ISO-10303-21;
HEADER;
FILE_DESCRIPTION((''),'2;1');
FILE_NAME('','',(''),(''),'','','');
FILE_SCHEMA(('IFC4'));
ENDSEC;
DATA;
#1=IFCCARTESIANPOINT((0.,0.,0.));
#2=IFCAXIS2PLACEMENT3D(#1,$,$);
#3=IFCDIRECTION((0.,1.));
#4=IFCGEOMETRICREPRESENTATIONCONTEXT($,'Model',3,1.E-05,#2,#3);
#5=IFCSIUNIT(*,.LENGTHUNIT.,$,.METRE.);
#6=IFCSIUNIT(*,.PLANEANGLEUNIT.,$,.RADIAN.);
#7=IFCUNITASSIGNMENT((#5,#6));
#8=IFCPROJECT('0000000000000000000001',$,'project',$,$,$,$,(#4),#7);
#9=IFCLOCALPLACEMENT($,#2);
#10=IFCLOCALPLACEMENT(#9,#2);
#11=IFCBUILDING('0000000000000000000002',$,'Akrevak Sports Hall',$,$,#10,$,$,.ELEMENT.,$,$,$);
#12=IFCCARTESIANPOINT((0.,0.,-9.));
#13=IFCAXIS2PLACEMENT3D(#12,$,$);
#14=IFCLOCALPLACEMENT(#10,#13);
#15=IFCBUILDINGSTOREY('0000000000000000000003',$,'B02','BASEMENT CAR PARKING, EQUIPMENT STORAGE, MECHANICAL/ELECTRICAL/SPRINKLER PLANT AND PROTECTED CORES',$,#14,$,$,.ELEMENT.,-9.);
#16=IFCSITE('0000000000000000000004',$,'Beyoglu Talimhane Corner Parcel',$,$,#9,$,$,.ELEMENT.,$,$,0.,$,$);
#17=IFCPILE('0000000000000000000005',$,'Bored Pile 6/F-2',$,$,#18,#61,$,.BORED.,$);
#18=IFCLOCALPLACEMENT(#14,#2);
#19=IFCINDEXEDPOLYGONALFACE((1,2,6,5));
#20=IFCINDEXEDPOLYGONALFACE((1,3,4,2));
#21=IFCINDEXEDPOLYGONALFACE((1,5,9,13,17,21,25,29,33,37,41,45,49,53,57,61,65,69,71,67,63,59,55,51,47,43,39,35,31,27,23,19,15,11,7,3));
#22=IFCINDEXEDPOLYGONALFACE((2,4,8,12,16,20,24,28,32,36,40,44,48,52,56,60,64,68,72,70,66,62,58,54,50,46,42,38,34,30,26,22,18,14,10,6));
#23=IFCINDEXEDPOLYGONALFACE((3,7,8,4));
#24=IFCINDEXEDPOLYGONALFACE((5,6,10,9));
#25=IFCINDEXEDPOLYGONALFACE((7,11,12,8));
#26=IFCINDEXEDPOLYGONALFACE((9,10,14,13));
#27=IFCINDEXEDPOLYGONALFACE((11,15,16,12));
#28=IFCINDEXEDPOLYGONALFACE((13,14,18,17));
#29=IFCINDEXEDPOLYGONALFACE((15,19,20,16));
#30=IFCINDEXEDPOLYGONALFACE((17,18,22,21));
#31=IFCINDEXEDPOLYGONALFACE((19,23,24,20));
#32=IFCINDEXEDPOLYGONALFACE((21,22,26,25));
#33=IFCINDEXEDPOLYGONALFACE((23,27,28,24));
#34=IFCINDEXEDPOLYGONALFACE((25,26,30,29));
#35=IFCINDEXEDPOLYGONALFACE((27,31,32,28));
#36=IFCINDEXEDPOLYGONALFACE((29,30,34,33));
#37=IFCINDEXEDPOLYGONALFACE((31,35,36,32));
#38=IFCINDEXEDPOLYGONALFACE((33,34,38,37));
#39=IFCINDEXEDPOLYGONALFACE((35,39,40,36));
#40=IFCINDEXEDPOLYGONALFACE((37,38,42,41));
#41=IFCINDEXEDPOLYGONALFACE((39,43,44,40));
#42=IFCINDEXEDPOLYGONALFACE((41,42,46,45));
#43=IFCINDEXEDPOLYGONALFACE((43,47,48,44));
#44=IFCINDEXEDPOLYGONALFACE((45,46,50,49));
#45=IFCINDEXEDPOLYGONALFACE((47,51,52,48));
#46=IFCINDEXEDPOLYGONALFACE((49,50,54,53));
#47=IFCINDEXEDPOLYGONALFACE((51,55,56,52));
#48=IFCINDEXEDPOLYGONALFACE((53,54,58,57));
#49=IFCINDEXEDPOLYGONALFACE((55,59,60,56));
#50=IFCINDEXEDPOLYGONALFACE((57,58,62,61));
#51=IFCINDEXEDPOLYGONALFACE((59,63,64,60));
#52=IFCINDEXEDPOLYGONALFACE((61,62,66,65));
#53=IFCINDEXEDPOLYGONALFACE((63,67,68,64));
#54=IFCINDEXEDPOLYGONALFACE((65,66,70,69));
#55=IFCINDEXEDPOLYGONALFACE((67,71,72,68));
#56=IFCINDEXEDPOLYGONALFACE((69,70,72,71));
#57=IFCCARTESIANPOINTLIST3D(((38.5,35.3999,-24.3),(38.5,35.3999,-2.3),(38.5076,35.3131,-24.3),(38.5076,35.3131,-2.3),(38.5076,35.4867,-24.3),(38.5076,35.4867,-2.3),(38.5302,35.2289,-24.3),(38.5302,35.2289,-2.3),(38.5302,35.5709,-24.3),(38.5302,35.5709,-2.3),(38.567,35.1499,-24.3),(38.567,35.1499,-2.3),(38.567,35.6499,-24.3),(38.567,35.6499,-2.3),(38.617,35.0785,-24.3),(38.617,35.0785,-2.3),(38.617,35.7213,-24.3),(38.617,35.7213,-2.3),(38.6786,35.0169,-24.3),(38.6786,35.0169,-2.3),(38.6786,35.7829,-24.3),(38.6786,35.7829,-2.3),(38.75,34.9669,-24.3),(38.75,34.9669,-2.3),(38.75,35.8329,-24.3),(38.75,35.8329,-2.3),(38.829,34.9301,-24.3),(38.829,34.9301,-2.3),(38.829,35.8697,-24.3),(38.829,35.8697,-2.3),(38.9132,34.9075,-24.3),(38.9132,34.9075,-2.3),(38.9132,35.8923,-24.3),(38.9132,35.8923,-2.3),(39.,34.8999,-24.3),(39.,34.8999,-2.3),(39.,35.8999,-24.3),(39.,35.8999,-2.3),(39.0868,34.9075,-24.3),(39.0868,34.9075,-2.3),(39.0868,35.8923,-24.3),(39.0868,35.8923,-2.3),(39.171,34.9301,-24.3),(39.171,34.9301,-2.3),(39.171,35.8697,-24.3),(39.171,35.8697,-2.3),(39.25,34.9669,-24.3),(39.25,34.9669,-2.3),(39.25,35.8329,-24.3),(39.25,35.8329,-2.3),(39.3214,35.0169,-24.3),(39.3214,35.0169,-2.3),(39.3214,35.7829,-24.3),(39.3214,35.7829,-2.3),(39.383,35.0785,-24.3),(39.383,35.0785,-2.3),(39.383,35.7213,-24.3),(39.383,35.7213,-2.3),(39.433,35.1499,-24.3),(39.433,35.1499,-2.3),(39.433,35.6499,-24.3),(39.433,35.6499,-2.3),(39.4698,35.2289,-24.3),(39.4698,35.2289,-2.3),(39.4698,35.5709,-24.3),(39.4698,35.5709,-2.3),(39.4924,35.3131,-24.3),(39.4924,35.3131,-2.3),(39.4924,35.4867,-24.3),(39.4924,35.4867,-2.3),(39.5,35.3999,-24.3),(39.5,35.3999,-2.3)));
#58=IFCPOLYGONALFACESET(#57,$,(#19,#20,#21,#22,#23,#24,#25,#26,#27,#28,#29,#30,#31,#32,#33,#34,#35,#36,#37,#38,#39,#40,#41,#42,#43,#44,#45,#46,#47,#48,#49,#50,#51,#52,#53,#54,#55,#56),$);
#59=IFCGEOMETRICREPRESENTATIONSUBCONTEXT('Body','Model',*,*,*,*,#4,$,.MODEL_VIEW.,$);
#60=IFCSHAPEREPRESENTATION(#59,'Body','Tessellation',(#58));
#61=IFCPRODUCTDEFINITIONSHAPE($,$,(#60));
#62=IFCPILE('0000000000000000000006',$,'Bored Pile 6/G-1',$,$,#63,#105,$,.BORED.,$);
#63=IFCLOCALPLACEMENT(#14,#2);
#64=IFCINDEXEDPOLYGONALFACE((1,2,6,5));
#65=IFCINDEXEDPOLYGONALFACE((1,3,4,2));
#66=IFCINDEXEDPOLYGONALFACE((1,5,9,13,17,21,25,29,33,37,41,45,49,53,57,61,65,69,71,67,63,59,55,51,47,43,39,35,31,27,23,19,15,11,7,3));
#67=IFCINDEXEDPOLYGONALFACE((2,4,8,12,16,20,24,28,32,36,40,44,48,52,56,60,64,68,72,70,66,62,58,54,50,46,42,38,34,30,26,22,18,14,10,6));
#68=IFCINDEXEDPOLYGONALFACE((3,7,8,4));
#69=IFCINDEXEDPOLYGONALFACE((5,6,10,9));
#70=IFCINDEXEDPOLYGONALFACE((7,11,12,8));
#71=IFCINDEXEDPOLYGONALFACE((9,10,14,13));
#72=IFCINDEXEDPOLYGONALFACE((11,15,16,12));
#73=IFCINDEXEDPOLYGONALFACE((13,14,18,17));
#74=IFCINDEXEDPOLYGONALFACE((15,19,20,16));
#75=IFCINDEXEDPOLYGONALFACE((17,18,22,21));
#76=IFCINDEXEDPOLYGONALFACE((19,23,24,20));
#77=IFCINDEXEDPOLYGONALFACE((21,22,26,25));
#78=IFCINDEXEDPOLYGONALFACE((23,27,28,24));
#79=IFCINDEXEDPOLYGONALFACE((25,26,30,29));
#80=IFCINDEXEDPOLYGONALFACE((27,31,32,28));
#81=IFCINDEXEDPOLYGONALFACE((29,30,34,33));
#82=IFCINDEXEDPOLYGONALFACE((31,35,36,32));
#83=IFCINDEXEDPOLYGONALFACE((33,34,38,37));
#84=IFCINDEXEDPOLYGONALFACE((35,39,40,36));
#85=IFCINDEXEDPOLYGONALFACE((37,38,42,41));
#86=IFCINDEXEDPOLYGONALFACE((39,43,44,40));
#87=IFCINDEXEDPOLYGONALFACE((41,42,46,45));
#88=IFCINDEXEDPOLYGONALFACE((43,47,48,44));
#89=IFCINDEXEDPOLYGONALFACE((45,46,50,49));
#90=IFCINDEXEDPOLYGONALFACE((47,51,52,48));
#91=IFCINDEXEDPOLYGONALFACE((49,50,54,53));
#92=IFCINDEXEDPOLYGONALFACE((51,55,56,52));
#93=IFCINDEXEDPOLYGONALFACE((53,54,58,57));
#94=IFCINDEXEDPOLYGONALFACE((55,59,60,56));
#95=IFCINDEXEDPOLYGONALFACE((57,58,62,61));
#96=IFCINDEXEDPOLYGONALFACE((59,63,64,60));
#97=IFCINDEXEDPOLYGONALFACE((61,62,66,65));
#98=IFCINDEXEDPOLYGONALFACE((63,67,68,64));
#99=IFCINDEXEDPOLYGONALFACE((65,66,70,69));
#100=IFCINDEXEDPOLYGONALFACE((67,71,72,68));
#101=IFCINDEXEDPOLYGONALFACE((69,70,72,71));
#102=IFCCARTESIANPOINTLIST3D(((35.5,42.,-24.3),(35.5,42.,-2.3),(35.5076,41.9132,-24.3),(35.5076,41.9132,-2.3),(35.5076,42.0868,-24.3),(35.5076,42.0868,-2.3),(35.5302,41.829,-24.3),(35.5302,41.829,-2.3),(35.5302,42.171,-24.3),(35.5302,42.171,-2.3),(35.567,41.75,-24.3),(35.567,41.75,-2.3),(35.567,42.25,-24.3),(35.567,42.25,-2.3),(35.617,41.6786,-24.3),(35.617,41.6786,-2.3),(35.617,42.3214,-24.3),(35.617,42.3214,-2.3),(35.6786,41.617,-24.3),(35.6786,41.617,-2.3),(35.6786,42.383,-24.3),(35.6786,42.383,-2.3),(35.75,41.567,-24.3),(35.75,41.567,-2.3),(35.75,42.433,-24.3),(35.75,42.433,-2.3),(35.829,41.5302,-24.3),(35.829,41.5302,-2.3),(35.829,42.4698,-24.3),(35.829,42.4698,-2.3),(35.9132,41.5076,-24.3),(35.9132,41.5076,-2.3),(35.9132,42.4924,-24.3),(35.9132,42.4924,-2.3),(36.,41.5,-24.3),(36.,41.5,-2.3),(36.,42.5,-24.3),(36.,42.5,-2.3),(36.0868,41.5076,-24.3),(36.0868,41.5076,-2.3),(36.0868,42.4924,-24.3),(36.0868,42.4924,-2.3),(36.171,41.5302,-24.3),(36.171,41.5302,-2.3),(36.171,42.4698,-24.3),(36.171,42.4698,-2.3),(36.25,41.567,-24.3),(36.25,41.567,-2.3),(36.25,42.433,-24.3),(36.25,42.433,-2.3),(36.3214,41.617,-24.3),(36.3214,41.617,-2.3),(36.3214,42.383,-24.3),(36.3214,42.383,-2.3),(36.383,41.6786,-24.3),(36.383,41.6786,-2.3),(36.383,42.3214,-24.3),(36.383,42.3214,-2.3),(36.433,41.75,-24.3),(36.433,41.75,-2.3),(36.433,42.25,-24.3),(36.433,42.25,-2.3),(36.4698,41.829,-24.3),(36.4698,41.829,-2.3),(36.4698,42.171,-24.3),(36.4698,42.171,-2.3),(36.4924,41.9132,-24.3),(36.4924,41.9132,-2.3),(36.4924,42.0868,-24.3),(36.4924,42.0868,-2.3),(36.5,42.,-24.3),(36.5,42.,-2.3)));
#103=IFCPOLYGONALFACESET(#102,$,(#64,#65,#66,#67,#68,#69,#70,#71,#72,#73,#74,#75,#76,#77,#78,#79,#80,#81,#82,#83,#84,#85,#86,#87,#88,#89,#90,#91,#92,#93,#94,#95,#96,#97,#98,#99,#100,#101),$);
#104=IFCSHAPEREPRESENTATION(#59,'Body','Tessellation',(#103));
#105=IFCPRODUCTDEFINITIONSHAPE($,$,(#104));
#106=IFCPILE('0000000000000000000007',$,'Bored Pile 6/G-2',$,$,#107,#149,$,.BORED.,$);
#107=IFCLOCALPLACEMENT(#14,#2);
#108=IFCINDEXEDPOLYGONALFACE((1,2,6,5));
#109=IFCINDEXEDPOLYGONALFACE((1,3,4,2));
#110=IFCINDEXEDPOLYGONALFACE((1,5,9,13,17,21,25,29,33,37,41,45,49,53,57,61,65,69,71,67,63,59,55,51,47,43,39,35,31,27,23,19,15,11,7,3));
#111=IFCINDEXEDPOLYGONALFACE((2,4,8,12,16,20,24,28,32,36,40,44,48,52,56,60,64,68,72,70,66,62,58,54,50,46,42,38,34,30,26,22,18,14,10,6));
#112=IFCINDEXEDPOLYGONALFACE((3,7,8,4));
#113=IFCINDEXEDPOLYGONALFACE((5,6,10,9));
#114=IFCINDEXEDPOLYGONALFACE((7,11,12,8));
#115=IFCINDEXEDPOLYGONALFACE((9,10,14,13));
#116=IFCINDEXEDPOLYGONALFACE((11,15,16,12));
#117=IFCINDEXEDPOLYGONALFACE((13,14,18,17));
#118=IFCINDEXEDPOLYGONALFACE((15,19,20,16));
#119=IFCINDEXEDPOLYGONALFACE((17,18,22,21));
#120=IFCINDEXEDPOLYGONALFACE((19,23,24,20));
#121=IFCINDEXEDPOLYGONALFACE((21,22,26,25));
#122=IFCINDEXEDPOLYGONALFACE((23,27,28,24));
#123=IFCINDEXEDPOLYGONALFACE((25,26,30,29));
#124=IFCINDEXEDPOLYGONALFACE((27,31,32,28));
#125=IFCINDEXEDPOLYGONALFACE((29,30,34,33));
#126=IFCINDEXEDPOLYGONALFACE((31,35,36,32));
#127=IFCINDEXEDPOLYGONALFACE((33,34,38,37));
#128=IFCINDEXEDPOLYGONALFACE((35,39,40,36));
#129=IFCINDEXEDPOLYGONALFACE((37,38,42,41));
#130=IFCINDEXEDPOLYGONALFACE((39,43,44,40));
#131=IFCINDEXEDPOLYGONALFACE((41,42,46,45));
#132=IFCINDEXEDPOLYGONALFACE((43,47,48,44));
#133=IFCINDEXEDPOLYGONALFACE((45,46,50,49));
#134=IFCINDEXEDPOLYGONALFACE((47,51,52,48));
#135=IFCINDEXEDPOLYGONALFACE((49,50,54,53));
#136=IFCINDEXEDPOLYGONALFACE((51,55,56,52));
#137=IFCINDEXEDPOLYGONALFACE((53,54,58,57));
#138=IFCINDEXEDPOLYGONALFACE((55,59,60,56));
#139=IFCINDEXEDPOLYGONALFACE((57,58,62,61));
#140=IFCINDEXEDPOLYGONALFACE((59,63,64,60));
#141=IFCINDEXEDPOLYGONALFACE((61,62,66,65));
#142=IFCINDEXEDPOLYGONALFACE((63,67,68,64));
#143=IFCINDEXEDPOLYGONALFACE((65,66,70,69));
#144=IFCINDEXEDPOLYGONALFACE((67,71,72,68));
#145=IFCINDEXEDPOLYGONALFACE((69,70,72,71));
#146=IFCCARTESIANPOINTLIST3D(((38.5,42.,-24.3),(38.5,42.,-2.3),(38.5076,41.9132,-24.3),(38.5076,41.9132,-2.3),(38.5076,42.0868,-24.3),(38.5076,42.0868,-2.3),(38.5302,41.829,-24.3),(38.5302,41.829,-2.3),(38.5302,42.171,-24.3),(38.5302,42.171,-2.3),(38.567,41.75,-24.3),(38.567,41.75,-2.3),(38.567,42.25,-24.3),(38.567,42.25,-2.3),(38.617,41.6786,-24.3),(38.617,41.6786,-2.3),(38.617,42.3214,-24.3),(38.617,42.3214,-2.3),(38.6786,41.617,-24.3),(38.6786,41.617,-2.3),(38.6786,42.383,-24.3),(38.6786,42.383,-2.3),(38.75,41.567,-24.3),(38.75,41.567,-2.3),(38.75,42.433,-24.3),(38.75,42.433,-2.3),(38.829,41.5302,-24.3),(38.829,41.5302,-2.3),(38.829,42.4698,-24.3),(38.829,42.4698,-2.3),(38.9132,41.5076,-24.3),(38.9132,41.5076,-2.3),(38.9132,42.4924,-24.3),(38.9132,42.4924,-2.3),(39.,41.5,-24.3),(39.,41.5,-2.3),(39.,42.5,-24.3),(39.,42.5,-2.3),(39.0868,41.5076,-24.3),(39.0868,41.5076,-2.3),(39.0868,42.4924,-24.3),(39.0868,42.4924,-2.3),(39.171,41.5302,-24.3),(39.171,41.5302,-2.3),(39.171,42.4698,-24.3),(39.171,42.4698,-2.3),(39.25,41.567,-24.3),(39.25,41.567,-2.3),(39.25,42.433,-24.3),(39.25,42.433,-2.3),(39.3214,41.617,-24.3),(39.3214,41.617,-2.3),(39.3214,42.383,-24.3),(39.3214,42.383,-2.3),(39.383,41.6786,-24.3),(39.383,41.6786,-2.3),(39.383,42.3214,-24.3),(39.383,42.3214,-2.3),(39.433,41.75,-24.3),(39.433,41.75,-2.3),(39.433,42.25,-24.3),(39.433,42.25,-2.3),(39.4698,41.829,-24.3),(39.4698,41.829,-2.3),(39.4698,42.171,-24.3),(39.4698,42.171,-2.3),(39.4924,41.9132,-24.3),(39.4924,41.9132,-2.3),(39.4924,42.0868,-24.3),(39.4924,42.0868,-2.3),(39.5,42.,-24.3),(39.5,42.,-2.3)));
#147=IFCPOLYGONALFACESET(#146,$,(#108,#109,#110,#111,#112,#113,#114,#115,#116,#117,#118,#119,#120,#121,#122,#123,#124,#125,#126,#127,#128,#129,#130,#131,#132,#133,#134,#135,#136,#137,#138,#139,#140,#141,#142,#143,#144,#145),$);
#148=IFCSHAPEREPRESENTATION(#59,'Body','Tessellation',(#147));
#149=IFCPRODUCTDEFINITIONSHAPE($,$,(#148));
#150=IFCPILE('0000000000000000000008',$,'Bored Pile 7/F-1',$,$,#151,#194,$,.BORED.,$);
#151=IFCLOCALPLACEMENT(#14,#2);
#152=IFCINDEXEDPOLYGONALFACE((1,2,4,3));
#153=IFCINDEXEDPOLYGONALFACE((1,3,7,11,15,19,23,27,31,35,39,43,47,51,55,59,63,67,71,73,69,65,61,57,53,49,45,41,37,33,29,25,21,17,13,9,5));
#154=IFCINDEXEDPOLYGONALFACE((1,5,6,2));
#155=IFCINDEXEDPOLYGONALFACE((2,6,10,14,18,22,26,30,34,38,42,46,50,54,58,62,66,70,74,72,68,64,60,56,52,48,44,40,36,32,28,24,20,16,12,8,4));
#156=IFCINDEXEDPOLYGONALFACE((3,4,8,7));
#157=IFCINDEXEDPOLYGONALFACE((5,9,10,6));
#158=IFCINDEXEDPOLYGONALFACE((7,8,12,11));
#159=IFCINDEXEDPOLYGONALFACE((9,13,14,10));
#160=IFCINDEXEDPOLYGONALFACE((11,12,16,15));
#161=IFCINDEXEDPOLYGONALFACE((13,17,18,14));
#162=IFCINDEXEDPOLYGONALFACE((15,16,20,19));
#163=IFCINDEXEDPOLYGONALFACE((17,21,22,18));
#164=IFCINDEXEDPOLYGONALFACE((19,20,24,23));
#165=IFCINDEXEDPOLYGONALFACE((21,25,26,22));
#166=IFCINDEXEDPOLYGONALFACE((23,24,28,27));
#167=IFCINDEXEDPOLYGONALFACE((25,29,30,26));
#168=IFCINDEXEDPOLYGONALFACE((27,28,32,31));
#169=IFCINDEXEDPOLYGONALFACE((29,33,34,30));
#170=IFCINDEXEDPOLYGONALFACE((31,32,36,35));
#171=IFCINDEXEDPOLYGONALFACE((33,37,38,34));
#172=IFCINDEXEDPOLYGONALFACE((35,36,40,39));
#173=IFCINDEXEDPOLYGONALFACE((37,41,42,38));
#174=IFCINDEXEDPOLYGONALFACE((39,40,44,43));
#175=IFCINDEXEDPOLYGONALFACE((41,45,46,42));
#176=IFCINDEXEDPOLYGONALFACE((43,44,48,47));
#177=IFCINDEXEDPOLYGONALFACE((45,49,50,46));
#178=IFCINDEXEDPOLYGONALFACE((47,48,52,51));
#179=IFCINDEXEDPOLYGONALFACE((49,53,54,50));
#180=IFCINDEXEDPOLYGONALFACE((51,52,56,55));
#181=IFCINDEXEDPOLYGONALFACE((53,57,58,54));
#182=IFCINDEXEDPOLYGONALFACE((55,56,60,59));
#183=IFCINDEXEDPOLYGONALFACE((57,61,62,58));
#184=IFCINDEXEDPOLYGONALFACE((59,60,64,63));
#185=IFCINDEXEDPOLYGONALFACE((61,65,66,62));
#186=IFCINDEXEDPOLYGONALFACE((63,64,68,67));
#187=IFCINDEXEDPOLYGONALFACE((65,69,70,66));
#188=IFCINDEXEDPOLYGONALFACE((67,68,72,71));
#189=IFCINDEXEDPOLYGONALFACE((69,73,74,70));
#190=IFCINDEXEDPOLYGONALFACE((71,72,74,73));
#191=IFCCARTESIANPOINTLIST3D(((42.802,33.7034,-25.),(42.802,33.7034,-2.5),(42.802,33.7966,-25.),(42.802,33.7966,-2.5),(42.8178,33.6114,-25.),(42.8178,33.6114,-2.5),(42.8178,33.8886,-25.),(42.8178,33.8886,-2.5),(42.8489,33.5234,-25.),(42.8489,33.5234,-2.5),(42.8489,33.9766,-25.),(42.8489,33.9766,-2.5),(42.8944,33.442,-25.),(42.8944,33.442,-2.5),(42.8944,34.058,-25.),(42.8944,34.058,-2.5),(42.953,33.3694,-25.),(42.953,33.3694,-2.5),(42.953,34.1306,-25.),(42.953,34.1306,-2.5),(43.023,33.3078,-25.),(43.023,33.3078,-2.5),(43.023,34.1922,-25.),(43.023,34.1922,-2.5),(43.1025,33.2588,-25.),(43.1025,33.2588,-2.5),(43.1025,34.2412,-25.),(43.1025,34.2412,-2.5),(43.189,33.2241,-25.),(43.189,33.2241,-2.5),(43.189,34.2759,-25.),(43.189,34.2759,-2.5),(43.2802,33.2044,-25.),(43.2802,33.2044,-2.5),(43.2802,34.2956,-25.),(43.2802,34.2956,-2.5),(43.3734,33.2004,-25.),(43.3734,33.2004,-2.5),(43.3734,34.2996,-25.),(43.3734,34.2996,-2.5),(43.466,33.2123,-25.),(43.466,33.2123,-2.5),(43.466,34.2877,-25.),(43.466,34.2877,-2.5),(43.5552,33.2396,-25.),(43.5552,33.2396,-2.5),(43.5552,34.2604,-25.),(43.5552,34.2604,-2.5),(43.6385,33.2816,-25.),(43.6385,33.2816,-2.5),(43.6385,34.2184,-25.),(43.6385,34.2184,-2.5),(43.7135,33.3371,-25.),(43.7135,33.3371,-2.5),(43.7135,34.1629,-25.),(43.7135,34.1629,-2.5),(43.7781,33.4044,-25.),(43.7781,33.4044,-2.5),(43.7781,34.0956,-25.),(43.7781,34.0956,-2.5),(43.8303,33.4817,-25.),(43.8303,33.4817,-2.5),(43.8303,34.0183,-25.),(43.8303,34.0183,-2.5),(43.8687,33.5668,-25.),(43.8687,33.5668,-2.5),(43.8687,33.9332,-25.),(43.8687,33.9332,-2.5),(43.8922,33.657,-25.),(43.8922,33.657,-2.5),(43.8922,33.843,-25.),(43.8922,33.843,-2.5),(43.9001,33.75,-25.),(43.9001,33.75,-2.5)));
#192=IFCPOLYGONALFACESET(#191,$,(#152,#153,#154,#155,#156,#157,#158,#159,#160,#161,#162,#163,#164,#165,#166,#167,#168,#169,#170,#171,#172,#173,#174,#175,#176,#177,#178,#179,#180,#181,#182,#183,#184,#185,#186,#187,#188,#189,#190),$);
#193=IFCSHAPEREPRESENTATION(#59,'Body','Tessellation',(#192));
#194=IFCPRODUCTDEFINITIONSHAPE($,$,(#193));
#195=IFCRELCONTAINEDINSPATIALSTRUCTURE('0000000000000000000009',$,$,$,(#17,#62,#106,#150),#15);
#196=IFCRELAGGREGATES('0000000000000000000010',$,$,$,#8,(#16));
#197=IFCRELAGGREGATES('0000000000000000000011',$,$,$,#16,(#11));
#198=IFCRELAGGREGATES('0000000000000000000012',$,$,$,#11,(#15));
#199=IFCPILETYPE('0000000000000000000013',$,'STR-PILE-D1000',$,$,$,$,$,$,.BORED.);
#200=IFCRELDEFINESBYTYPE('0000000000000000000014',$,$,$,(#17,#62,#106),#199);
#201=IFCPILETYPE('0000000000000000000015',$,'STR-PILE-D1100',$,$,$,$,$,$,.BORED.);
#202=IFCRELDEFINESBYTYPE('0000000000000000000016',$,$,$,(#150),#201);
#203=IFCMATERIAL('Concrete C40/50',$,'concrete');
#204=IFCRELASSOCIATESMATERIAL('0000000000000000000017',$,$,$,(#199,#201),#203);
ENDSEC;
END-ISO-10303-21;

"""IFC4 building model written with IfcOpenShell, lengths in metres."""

from ifc_helpers import new_model, si_unit, direction, frame, origin, origin_2d, place, context, subcontext, project, spatial, circle, extrude, material, material_profile, profile_set, type_object, element, save


model = new_model("IFC4")

# Units and contexts
model_context = context("Model", 3, precision=1e-05, world=origin(), true_north=direction((0.0, 1.0)))
body_context = subcontext(model_context, "Body", "Model", "MODEL_VIEW")
ifc_project = project(units=[si_unit("LENGTHUNIT", "METRE"), si_unit("PLANEANGLEUNIT", "RADIAN")], contexts=[model_context])

# Site, building, storey
site_placement = place(None, origin())
site = spatial("IfcSite", under=ifc_project, at=site_placement, Name="Beyoglu Talimhane Corner Parcel", CompositionType="ELEMENT", RefElevation=0.0)
building_placement = place(site_placement, origin())
building = spatial("IfcBuilding", under=site, at=building_placement, Name="Akrevak Sports Hall", CompositionType="ELEMENT")
storey_placement = place(building_placement, frame((0.0, 0.0, -9.0)))
storey = spatial("IfcBuildingStorey", under=building, at=storey_placement, Name="B02", Description="BASEMENT CAR PARKING, EQUIPMENT STORAGE, MECHANICAL/ELECTRICAL/SPRINKLER PLANT AND PROTECTED CORES", CompositionType="ELEMENT", Elevation=-9.0)

# Shared definitions
ifc_material_1 = material(Name="Concrete C40/50", Category="concrete")

# Piles
ifc_material_profile_1 = material_profile(ifc_material_1, circle(Radius=0.5, at=origin_2d()), Name="BORED PILE D1000", Category="concrete")
ifc_profile_set_1 = profile_set([ifc_material_profile_1], Name="Concrete C40/50")
pile_type_1 = type_object("IfcPileType", Name="STR-PILE-D1000", PredefinedType="BORED", material=ifc_profile_set_1)
for number, where, z_axis, x_axis, name in (
    (1, (39.0, 35.3999, -2.3), (0.0, 0.0, -1.0), (1.0, 0.0, 0.0), "Bored Pile 6/F-2"),
    (2, (36.0, 42.0, -2.3), (0.0, 0.0, -1.0), (1.0, 0.0, 0.0), "Bored Pile 6/G-1"),
    (3, (39.0, 42.0, -2.3), (0.0, 0.0, -1.0), (1.0, 0.0, 0.0), "Bored Pile 6/G-2"),
):
    element("IfcPile", number, at=place(storey_placement, frame(where, z_axis=z_axis, x_axis=x_axis)), inside=storey, type_object=pile_type_1, Name=name, PredefinedType="BORED", context=body_context, shape_type="SweptSolid", body=[
        extrude(circle(Radius=0.5, at=origin_2d()), origin(), (0.0, 0.0, 1.0), 22.0),
    ])
ifc_material_profile_2 = material_profile(ifc_material_1, circle(Radius=0.55, at=origin_2d()), Name="BORED PILE D1100", Category="concrete")
ifc_profile_set_2 = profile_set([ifc_material_profile_2], Name="Concrete C40/50")
pile_type_2 = type_object("IfcPileType", Name="STR-PILE-D1100", PredefinedType="BORED", material=ifc_profile_set_2)
for number, where, z_axis, x_axis, name in (
    (4, (43.3501, 33.75, -2.5), (0.0, 0.0, -1.0), (1.0, 0.0, 0.0), "Bored Pile 7/F-1"),
):
    element("IfcPile", number, at=place(storey_placement, frame(where, z_axis=z_axis, x_axis=x_axis)), inside=storey, type_object=pile_type_2, Name=name, PredefinedType="BORED", context=body_context, shape_type="SweptSolid", body=[
        extrude(circle(Radius=0.55, at=origin_2d()), origin(), (0.0, 0.0, 1.0), 22.5),
    ])

save(model, "model.ifc")
